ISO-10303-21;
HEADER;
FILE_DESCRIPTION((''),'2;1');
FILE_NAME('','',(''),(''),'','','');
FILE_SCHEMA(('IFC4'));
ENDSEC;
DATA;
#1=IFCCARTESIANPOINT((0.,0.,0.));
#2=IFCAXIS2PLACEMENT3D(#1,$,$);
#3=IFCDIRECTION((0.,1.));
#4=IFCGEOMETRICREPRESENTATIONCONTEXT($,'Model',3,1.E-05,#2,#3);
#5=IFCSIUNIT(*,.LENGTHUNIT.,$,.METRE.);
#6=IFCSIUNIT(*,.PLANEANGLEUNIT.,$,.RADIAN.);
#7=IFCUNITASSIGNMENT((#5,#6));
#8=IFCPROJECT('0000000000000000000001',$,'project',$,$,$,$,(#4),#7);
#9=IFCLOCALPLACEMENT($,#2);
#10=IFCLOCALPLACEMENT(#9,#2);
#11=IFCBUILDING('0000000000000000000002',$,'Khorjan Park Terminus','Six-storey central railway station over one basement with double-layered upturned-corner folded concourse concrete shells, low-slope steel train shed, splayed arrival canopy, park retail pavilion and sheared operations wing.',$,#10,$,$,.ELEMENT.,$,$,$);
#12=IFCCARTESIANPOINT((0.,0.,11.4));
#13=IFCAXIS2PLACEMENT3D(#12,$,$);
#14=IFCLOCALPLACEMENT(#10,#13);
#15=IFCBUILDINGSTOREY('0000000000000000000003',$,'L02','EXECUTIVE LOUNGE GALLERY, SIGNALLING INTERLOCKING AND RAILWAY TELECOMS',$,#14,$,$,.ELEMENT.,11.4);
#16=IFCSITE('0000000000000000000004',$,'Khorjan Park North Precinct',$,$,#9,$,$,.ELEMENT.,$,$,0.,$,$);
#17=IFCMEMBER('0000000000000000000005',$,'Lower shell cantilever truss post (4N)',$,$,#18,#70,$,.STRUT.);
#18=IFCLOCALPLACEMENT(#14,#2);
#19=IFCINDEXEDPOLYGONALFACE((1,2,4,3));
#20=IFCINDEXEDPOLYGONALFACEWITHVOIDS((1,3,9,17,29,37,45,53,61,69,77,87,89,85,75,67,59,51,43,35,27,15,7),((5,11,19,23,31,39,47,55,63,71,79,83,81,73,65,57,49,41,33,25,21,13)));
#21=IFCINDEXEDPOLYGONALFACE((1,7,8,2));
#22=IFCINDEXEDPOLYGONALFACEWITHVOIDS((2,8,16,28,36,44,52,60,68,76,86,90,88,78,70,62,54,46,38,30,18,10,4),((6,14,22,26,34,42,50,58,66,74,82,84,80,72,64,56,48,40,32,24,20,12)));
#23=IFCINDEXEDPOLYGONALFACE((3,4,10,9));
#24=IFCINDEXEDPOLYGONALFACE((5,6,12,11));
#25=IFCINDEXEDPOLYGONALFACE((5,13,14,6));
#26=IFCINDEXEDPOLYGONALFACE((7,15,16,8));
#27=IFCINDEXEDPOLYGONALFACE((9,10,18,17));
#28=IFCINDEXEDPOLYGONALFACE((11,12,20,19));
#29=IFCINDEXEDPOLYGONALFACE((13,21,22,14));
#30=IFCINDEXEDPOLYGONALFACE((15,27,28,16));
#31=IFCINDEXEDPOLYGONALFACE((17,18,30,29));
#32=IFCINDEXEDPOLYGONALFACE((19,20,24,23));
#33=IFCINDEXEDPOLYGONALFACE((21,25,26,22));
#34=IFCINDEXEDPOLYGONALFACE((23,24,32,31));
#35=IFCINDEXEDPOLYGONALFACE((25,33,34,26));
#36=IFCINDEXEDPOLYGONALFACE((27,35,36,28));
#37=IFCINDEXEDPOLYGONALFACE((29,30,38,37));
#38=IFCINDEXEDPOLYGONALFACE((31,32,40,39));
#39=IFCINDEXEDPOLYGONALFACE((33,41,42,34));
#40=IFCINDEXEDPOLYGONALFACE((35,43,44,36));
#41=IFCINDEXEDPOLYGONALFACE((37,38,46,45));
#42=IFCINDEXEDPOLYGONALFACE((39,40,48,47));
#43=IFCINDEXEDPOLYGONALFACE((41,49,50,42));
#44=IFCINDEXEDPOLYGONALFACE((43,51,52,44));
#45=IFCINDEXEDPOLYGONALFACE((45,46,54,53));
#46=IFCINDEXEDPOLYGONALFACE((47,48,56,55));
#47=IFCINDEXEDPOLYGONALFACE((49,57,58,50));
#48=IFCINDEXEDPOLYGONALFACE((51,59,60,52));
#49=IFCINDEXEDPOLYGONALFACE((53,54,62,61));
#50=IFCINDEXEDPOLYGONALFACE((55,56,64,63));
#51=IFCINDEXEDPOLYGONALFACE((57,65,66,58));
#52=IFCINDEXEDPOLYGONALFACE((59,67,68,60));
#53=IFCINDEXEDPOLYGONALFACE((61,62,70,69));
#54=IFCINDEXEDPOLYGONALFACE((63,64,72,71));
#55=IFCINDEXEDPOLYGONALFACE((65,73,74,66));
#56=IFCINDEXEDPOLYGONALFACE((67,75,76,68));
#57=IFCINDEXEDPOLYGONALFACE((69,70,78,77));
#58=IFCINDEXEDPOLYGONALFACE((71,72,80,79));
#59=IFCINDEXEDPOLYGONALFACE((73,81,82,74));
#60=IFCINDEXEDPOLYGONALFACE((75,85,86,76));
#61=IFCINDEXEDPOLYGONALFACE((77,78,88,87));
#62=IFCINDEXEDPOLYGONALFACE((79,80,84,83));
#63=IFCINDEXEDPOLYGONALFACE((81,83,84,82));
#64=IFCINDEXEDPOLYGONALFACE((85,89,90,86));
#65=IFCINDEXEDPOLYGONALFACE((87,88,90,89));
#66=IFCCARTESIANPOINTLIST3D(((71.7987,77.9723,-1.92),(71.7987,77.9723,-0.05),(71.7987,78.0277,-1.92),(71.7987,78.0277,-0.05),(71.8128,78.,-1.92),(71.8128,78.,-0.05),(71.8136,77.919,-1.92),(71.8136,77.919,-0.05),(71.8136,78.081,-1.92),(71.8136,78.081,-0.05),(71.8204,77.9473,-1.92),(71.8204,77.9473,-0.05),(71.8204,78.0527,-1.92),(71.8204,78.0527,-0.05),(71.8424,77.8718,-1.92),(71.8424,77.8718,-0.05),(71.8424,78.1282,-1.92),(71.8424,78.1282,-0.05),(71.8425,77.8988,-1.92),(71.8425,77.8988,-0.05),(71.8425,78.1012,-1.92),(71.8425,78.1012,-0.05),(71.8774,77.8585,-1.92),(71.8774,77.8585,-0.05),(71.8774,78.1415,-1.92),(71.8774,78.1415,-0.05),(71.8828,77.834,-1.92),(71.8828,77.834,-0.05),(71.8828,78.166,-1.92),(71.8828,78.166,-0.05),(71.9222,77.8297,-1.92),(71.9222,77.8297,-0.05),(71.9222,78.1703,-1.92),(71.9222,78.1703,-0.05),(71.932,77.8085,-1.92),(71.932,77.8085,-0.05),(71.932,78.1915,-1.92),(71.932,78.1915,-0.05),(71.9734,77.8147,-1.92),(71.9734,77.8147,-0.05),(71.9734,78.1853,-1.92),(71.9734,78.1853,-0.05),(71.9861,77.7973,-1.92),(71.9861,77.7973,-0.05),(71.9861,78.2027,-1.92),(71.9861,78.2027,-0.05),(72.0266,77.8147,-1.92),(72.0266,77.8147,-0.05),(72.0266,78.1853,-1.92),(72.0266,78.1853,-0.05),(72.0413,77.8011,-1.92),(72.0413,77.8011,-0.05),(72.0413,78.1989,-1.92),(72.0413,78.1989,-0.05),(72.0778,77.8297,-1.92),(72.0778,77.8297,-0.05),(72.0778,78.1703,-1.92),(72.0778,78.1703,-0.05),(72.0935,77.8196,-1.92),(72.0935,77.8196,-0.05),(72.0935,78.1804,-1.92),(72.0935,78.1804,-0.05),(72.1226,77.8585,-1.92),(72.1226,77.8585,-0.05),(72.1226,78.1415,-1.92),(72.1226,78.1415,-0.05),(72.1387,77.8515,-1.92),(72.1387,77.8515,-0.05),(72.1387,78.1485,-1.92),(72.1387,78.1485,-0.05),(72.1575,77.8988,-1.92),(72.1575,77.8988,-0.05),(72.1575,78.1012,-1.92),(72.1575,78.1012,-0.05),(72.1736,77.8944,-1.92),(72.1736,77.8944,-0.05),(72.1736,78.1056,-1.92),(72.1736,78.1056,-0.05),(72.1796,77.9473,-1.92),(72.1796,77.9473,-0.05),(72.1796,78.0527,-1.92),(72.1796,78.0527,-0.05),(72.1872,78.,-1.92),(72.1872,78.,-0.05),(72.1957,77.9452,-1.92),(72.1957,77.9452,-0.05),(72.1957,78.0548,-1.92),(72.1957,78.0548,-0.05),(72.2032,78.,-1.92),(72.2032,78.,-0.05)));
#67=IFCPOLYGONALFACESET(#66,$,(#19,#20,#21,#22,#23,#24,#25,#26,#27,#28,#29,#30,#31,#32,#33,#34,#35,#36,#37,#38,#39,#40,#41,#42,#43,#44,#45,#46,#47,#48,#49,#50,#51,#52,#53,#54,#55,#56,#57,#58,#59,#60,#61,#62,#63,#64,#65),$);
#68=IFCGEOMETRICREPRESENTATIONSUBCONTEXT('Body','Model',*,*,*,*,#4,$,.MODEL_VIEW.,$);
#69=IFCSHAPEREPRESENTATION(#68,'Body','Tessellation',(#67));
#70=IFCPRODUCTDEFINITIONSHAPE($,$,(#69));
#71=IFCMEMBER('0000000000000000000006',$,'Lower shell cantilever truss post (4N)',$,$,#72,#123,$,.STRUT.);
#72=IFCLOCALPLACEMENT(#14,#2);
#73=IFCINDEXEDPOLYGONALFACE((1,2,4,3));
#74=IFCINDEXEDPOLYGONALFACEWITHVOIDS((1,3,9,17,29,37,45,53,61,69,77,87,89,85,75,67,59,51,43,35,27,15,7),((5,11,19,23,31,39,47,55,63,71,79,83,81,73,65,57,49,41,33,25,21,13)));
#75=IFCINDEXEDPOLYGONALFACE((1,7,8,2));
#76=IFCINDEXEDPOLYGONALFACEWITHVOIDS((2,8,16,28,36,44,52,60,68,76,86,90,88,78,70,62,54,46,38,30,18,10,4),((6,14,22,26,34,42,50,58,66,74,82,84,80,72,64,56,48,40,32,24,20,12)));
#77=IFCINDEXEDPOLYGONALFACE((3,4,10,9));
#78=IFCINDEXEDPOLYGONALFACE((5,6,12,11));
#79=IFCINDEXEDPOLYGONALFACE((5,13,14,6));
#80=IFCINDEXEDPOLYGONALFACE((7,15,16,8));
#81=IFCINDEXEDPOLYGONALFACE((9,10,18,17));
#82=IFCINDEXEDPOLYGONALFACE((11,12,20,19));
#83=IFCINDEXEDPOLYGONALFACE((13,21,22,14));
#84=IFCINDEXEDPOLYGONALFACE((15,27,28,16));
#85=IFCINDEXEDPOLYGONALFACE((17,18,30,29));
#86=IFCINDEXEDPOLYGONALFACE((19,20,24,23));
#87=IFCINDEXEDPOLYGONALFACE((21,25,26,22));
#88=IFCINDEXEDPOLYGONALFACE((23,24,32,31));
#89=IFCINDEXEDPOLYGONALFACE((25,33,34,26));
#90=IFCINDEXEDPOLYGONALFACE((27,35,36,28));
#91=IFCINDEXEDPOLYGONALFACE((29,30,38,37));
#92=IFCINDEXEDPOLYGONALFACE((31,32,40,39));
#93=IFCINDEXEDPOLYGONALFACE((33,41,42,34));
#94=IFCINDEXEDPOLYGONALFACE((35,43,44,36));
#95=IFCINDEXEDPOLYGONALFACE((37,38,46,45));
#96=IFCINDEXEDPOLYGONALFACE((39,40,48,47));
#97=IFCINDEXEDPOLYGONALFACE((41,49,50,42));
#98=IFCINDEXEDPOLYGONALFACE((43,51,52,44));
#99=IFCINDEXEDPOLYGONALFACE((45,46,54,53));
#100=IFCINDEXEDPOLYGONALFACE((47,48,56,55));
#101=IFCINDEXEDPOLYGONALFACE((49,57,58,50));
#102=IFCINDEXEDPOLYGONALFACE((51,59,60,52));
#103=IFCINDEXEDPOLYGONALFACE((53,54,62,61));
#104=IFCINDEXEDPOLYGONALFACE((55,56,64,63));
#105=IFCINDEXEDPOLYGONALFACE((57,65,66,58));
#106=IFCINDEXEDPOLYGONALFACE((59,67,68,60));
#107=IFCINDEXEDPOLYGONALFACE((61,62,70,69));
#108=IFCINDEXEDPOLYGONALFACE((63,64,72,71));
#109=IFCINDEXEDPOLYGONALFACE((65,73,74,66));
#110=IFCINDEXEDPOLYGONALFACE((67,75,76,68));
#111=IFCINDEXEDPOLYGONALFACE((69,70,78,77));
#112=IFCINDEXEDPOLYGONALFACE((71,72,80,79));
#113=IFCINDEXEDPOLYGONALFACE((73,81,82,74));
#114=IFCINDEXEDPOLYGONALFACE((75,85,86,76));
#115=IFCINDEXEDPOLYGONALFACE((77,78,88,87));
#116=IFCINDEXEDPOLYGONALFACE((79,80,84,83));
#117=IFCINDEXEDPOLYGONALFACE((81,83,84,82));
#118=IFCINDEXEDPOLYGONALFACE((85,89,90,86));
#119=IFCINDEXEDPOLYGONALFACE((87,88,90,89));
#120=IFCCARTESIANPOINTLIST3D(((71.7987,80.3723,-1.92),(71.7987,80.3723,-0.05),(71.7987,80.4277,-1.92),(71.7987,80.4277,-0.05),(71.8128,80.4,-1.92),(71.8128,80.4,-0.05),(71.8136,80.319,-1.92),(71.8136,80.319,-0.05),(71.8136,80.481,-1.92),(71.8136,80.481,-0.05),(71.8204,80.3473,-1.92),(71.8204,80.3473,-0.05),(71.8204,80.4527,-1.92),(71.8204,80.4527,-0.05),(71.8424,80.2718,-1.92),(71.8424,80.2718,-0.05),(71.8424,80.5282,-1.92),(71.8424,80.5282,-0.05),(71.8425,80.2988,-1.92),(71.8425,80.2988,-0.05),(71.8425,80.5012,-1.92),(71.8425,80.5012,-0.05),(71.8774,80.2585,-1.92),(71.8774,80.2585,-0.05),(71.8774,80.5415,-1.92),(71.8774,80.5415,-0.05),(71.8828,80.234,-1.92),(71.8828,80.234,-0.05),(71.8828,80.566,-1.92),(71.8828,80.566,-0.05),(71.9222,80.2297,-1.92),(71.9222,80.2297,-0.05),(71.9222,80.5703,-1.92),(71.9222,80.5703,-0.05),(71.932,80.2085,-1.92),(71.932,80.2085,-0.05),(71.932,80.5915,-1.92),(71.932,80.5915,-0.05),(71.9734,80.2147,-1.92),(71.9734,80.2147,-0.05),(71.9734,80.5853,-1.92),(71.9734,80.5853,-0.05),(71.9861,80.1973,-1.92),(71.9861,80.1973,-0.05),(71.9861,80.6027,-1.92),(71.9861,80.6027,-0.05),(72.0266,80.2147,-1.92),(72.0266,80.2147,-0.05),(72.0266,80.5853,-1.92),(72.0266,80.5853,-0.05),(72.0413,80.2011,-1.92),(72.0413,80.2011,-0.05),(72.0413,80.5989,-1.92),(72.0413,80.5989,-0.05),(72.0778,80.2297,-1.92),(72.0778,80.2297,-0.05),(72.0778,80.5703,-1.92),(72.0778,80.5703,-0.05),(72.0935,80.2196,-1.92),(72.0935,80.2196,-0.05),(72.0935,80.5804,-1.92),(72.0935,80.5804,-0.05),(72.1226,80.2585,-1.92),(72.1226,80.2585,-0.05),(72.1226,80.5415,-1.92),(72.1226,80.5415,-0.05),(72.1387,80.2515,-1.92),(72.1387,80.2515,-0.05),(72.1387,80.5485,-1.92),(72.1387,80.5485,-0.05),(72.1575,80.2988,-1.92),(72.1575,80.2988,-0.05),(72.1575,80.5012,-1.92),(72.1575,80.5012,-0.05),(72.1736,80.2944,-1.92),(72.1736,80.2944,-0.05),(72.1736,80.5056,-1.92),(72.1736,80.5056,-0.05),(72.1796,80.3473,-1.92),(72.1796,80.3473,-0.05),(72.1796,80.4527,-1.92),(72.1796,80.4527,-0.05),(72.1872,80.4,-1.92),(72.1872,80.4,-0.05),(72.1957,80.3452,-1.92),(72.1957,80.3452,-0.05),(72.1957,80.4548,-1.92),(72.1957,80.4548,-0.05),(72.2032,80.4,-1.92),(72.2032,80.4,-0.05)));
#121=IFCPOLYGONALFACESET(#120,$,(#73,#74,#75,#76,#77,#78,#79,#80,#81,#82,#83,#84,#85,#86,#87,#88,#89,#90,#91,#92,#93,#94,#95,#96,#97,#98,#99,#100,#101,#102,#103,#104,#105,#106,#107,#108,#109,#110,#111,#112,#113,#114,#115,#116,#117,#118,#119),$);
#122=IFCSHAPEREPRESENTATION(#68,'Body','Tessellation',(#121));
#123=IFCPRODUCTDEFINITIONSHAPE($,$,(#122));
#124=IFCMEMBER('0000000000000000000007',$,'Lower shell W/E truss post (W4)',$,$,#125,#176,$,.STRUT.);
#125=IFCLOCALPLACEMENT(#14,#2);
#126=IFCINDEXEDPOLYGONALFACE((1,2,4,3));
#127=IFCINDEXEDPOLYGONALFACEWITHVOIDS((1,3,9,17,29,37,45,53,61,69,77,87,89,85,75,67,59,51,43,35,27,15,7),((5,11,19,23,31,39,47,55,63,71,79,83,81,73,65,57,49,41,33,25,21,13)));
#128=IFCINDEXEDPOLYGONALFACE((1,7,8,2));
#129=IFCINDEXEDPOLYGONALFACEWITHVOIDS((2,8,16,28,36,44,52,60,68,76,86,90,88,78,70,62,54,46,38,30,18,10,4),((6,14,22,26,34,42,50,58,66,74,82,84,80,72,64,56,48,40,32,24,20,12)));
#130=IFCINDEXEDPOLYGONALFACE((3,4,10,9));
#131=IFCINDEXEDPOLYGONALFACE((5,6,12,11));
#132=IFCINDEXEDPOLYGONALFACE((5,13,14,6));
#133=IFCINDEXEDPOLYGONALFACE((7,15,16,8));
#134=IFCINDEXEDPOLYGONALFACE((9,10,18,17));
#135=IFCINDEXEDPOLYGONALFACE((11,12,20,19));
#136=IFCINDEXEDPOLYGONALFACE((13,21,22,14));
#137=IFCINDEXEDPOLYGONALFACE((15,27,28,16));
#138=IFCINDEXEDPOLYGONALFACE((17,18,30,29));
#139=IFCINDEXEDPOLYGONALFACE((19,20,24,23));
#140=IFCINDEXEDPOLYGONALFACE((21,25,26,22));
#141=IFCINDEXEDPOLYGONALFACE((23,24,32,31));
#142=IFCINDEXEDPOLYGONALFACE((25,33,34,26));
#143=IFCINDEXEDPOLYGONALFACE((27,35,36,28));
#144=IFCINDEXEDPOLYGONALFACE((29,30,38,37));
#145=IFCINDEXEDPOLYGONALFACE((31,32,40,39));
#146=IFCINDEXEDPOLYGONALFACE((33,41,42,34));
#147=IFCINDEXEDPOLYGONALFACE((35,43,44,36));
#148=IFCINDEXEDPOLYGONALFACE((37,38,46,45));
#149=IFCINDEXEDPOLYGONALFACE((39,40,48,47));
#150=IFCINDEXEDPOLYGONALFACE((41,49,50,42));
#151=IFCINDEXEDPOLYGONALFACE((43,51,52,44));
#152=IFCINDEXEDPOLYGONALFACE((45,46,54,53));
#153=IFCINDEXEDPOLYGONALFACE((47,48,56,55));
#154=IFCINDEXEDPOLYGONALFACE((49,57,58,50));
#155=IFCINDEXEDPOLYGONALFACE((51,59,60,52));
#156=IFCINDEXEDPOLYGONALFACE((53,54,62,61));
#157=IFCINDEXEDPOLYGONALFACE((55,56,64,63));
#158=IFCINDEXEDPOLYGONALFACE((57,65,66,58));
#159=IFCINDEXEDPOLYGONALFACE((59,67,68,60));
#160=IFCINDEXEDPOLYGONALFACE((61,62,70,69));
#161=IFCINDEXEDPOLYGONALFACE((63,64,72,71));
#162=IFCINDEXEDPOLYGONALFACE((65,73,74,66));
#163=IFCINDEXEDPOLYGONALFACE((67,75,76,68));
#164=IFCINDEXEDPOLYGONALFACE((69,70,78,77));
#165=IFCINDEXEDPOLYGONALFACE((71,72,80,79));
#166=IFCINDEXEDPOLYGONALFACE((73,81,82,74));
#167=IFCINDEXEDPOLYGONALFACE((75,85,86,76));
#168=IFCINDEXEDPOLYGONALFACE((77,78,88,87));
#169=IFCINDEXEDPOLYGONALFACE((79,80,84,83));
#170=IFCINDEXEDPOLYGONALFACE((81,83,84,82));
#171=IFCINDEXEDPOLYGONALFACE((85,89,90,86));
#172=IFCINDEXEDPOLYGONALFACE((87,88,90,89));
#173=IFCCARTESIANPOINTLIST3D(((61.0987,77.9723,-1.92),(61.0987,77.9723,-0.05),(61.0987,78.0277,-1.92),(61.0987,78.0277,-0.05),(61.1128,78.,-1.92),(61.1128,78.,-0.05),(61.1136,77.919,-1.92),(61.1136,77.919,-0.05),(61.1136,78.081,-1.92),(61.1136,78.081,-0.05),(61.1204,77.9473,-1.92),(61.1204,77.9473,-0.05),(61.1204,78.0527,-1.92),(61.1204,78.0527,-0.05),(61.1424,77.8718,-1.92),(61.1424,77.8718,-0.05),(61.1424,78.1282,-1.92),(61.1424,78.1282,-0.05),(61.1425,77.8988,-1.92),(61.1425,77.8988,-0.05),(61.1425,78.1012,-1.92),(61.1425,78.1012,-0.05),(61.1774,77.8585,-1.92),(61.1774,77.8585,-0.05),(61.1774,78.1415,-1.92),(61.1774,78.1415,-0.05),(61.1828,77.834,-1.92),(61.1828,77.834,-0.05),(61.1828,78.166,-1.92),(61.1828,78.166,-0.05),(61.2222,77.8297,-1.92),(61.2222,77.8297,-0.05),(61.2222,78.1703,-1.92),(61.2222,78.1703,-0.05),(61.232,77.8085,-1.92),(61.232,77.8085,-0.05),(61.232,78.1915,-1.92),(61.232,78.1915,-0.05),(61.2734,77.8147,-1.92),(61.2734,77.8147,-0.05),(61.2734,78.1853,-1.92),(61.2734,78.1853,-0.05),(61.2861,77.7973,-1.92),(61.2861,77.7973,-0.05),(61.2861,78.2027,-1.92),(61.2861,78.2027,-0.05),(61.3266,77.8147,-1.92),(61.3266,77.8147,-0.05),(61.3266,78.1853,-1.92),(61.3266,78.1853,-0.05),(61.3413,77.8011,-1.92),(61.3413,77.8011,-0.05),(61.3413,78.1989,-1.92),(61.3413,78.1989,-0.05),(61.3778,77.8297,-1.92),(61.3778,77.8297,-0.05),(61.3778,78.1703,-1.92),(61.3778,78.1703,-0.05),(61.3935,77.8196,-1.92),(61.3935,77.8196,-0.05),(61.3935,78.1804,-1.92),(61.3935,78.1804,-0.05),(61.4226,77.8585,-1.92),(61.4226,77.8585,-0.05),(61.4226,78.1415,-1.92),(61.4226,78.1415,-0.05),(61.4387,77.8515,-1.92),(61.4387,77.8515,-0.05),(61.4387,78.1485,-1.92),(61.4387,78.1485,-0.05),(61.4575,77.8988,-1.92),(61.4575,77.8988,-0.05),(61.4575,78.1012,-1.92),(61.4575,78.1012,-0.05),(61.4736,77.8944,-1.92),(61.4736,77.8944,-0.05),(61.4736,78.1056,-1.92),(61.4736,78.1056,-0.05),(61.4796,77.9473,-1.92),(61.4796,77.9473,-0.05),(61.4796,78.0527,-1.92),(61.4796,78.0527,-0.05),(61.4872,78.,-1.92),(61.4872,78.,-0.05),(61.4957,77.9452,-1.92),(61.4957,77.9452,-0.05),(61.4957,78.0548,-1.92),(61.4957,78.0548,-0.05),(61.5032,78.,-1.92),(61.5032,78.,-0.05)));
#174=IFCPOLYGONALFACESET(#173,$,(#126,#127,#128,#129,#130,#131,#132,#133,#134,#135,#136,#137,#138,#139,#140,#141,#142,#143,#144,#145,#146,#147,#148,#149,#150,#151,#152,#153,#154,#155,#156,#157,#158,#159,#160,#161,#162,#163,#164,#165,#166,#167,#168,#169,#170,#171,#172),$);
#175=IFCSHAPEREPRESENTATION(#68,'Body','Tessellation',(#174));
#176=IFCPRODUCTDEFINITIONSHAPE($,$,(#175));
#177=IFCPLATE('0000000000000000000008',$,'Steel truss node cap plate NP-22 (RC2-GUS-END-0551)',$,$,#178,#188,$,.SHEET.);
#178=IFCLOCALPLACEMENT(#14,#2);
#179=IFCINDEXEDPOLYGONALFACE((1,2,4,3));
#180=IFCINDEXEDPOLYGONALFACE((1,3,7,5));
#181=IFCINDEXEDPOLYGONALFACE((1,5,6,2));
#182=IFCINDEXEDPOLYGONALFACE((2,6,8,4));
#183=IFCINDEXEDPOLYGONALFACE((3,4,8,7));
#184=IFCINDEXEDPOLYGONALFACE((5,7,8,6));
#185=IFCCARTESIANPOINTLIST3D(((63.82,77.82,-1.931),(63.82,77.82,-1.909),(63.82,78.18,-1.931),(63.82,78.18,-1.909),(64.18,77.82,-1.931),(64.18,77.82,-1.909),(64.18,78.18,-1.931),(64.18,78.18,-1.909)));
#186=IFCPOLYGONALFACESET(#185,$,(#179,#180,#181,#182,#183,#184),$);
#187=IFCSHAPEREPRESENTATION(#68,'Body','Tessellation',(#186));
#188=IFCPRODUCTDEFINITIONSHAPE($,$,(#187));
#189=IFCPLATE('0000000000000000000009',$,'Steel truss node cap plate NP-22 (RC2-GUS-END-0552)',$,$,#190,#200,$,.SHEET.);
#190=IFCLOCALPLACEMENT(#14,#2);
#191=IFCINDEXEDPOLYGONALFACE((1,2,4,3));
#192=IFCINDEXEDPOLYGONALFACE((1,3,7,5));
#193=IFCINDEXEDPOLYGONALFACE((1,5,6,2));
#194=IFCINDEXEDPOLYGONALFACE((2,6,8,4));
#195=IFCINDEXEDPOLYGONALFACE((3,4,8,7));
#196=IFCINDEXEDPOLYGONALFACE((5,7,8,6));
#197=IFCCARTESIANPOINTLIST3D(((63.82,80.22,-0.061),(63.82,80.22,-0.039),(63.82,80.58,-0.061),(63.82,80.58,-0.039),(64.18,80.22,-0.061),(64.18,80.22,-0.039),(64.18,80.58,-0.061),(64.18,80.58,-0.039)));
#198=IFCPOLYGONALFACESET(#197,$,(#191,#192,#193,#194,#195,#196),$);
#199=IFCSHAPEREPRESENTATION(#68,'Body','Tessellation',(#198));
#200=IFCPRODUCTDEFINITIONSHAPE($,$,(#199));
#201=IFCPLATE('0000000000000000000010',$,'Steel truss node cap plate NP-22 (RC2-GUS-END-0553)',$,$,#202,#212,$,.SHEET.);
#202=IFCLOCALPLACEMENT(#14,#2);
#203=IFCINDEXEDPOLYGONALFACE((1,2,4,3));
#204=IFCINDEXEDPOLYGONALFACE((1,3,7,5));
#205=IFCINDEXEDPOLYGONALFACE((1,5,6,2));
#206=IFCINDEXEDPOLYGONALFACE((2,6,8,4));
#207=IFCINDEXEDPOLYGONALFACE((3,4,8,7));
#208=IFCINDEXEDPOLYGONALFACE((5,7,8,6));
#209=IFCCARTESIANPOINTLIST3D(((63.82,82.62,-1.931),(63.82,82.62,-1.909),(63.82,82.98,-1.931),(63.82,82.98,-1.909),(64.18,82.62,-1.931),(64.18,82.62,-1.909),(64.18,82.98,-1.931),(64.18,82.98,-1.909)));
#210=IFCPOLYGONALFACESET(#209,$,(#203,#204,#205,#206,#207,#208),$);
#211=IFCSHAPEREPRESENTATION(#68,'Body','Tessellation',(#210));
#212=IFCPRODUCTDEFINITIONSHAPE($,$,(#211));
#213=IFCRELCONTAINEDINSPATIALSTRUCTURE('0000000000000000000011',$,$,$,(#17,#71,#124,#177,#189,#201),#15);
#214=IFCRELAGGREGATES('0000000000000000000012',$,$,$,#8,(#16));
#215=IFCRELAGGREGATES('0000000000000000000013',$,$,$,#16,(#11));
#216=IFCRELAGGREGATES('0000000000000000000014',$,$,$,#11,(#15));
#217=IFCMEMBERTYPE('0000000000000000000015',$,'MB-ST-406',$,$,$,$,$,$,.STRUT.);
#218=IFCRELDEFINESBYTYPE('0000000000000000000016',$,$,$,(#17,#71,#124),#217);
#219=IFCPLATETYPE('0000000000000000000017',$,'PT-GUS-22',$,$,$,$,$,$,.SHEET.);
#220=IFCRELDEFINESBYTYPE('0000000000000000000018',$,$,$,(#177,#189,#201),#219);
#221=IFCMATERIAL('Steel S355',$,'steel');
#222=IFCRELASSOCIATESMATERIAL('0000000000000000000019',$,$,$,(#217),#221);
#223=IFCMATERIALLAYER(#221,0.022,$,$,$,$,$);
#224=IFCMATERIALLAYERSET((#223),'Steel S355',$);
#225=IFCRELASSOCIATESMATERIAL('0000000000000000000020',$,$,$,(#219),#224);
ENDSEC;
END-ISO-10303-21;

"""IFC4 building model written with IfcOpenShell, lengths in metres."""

from ifc_helpers import new_model, si_unit, direction, frame, origin, origin_2d, place, context, subcontext, project, spatial, rectangle, hollow_circle, extrude, material, layer, layer_set, material_profile, profile_set, type_object, element, save


model = new_model("IFC4")

# Units and contexts
model_context = context("Model", 3, precision=1e-05, world=origin(), true_north=direction((0.0, 1.0)))
body_context = subcontext(model_context, "Body", "Model", "MODEL_VIEW")
ifc_project = project(units=[si_unit("LENGTHUNIT", "METRE"), si_unit("PLANEANGLEUNIT", "RADIAN")], contexts=[model_context])

# Site, building, storey
site_placement = place(None, origin())
site = spatial("IfcSite", under=ifc_project, at=site_placement, Name="Khorjan Park North Precinct", CompositionType="ELEMENT", RefElevation=0.0)
building_placement = place(site_placement, origin())
building = spatial("IfcBuilding", under=site, at=building_placement, Name="Khorjan Park Terminus", Description="Six-storey central railway station over one basement with double-layered upturned-corner folded concourse concrete shells, low-slope steel train shed, splayed arrival canopy, park retail pavilion and sheared operations wing.", CompositionType="ELEMENT")
storey_placement = place(building_placement, frame((0.0, 0.0, 11.4)))
storey = spatial("IfcBuildingStorey", under=building, at=storey_placement, Name="L02", Description="EXECUTIVE LOUNGE GALLERY, SIGNALLING INTERLOCKING AND RAILWAY TELECOMS", CompositionType="ELEMENT", Elevation=11.4)

# Shared definitions
ifc_material_1 = material(Name="Steel S355", Category="steel")

# Members
ifc_material_profile_1 = material_profile(ifc_material_1, hollow_circle(Radius=0.2032, WallThickness=0.016, at=origin_2d()), Name="CHS 406.4x16")
ifc_profile_set_1 = profile_set([ifc_material_profile_1], Name="Steel S355")
member_type_1 = type_object("IfcMemberType", Name="MB-ST-406", PredefinedType="STRUT", material=ifc_profile_set_1)
for number, where, z_axis, x_axis, name in (
    (1, (72.0, 78.0, -1.92), (0.0, 0.0, 1.0), (1.0, 0.0, 0.0), "Lower shell cantilever truss post (4N)"),
    (2, (72.0, 80.4, -1.92), (0.0, 0.0, 1.0), (1.0, 0.0, 0.0), "Lower shell cantilever truss post (4N)"),
    (3, (61.3, 78.0, -1.92), (0.0, 0.0, 1.0), (1.0, 0.0, 0.0), "Lower shell W/E truss post (W4)"),
):
    element("IfcMember", number, at=place(storey_placement, frame(where, z_axis=z_axis, x_axis=x_axis)), inside=storey, type_object=member_type_1, Name=name, PredefinedType="STRUT", context=body_context, shape_type="SweptSolid", body=[
        extrude(hollow_circle(Radius=0.2032, WallThickness=0.016, at=origin_2d()), origin(), (0.0, 0.0, 1.0), 1.87),
    ])

# Plates
ifc_layer_1 = layer(ifc_material_1, 0.022)
ifc_layer_set_1 = layer_set([ifc_layer_1], Name="Steel S355")
plate_type = type_object("IfcPlateType", Name="PT-GUS-22", PredefinedType="SHEET", material=ifc_layer_set_1)
for number, where, z_axis, x_axis, name in (
    (4, (64.0, 78.0, -1.931), (0.0, 0.0, 1.0), (1.0, 0.0, 0.0), "Steel truss node cap plate NP-22 (RC2-GUS-END-0551)"),
    (5, (64.0, 80.4, -0.061), (0.0, 0.0, 1.0), (1.0, 0.0, 0.0), "Steel truss node cap plate NP-22 (RC2-GUS-END-0552)"),
    (6, (64.0, 82.8, -1.931), (0.0, 0.0, 1.0), (1.0, 0.0, 0.0), "Steel truss node cap plate NP-22 (RC2-GUS-END-0553)"),
):
    element("IfcPlate", number, at=place(storey_placement, frame(where, z_axis=z_axis, x_axis=x_axis)), inside=storey, type_object=plate_type, Name=name, PredefinedType="SHEET", context=body_context, shape_type="SweptSolid", body=[
        extrude(rectangle(XDim=0.36, YDim=0.36, at=origin_2d()), origin(), (0.0, 0.0, 1.0), 0.022),
    ])

save(model, "model.ifc")
